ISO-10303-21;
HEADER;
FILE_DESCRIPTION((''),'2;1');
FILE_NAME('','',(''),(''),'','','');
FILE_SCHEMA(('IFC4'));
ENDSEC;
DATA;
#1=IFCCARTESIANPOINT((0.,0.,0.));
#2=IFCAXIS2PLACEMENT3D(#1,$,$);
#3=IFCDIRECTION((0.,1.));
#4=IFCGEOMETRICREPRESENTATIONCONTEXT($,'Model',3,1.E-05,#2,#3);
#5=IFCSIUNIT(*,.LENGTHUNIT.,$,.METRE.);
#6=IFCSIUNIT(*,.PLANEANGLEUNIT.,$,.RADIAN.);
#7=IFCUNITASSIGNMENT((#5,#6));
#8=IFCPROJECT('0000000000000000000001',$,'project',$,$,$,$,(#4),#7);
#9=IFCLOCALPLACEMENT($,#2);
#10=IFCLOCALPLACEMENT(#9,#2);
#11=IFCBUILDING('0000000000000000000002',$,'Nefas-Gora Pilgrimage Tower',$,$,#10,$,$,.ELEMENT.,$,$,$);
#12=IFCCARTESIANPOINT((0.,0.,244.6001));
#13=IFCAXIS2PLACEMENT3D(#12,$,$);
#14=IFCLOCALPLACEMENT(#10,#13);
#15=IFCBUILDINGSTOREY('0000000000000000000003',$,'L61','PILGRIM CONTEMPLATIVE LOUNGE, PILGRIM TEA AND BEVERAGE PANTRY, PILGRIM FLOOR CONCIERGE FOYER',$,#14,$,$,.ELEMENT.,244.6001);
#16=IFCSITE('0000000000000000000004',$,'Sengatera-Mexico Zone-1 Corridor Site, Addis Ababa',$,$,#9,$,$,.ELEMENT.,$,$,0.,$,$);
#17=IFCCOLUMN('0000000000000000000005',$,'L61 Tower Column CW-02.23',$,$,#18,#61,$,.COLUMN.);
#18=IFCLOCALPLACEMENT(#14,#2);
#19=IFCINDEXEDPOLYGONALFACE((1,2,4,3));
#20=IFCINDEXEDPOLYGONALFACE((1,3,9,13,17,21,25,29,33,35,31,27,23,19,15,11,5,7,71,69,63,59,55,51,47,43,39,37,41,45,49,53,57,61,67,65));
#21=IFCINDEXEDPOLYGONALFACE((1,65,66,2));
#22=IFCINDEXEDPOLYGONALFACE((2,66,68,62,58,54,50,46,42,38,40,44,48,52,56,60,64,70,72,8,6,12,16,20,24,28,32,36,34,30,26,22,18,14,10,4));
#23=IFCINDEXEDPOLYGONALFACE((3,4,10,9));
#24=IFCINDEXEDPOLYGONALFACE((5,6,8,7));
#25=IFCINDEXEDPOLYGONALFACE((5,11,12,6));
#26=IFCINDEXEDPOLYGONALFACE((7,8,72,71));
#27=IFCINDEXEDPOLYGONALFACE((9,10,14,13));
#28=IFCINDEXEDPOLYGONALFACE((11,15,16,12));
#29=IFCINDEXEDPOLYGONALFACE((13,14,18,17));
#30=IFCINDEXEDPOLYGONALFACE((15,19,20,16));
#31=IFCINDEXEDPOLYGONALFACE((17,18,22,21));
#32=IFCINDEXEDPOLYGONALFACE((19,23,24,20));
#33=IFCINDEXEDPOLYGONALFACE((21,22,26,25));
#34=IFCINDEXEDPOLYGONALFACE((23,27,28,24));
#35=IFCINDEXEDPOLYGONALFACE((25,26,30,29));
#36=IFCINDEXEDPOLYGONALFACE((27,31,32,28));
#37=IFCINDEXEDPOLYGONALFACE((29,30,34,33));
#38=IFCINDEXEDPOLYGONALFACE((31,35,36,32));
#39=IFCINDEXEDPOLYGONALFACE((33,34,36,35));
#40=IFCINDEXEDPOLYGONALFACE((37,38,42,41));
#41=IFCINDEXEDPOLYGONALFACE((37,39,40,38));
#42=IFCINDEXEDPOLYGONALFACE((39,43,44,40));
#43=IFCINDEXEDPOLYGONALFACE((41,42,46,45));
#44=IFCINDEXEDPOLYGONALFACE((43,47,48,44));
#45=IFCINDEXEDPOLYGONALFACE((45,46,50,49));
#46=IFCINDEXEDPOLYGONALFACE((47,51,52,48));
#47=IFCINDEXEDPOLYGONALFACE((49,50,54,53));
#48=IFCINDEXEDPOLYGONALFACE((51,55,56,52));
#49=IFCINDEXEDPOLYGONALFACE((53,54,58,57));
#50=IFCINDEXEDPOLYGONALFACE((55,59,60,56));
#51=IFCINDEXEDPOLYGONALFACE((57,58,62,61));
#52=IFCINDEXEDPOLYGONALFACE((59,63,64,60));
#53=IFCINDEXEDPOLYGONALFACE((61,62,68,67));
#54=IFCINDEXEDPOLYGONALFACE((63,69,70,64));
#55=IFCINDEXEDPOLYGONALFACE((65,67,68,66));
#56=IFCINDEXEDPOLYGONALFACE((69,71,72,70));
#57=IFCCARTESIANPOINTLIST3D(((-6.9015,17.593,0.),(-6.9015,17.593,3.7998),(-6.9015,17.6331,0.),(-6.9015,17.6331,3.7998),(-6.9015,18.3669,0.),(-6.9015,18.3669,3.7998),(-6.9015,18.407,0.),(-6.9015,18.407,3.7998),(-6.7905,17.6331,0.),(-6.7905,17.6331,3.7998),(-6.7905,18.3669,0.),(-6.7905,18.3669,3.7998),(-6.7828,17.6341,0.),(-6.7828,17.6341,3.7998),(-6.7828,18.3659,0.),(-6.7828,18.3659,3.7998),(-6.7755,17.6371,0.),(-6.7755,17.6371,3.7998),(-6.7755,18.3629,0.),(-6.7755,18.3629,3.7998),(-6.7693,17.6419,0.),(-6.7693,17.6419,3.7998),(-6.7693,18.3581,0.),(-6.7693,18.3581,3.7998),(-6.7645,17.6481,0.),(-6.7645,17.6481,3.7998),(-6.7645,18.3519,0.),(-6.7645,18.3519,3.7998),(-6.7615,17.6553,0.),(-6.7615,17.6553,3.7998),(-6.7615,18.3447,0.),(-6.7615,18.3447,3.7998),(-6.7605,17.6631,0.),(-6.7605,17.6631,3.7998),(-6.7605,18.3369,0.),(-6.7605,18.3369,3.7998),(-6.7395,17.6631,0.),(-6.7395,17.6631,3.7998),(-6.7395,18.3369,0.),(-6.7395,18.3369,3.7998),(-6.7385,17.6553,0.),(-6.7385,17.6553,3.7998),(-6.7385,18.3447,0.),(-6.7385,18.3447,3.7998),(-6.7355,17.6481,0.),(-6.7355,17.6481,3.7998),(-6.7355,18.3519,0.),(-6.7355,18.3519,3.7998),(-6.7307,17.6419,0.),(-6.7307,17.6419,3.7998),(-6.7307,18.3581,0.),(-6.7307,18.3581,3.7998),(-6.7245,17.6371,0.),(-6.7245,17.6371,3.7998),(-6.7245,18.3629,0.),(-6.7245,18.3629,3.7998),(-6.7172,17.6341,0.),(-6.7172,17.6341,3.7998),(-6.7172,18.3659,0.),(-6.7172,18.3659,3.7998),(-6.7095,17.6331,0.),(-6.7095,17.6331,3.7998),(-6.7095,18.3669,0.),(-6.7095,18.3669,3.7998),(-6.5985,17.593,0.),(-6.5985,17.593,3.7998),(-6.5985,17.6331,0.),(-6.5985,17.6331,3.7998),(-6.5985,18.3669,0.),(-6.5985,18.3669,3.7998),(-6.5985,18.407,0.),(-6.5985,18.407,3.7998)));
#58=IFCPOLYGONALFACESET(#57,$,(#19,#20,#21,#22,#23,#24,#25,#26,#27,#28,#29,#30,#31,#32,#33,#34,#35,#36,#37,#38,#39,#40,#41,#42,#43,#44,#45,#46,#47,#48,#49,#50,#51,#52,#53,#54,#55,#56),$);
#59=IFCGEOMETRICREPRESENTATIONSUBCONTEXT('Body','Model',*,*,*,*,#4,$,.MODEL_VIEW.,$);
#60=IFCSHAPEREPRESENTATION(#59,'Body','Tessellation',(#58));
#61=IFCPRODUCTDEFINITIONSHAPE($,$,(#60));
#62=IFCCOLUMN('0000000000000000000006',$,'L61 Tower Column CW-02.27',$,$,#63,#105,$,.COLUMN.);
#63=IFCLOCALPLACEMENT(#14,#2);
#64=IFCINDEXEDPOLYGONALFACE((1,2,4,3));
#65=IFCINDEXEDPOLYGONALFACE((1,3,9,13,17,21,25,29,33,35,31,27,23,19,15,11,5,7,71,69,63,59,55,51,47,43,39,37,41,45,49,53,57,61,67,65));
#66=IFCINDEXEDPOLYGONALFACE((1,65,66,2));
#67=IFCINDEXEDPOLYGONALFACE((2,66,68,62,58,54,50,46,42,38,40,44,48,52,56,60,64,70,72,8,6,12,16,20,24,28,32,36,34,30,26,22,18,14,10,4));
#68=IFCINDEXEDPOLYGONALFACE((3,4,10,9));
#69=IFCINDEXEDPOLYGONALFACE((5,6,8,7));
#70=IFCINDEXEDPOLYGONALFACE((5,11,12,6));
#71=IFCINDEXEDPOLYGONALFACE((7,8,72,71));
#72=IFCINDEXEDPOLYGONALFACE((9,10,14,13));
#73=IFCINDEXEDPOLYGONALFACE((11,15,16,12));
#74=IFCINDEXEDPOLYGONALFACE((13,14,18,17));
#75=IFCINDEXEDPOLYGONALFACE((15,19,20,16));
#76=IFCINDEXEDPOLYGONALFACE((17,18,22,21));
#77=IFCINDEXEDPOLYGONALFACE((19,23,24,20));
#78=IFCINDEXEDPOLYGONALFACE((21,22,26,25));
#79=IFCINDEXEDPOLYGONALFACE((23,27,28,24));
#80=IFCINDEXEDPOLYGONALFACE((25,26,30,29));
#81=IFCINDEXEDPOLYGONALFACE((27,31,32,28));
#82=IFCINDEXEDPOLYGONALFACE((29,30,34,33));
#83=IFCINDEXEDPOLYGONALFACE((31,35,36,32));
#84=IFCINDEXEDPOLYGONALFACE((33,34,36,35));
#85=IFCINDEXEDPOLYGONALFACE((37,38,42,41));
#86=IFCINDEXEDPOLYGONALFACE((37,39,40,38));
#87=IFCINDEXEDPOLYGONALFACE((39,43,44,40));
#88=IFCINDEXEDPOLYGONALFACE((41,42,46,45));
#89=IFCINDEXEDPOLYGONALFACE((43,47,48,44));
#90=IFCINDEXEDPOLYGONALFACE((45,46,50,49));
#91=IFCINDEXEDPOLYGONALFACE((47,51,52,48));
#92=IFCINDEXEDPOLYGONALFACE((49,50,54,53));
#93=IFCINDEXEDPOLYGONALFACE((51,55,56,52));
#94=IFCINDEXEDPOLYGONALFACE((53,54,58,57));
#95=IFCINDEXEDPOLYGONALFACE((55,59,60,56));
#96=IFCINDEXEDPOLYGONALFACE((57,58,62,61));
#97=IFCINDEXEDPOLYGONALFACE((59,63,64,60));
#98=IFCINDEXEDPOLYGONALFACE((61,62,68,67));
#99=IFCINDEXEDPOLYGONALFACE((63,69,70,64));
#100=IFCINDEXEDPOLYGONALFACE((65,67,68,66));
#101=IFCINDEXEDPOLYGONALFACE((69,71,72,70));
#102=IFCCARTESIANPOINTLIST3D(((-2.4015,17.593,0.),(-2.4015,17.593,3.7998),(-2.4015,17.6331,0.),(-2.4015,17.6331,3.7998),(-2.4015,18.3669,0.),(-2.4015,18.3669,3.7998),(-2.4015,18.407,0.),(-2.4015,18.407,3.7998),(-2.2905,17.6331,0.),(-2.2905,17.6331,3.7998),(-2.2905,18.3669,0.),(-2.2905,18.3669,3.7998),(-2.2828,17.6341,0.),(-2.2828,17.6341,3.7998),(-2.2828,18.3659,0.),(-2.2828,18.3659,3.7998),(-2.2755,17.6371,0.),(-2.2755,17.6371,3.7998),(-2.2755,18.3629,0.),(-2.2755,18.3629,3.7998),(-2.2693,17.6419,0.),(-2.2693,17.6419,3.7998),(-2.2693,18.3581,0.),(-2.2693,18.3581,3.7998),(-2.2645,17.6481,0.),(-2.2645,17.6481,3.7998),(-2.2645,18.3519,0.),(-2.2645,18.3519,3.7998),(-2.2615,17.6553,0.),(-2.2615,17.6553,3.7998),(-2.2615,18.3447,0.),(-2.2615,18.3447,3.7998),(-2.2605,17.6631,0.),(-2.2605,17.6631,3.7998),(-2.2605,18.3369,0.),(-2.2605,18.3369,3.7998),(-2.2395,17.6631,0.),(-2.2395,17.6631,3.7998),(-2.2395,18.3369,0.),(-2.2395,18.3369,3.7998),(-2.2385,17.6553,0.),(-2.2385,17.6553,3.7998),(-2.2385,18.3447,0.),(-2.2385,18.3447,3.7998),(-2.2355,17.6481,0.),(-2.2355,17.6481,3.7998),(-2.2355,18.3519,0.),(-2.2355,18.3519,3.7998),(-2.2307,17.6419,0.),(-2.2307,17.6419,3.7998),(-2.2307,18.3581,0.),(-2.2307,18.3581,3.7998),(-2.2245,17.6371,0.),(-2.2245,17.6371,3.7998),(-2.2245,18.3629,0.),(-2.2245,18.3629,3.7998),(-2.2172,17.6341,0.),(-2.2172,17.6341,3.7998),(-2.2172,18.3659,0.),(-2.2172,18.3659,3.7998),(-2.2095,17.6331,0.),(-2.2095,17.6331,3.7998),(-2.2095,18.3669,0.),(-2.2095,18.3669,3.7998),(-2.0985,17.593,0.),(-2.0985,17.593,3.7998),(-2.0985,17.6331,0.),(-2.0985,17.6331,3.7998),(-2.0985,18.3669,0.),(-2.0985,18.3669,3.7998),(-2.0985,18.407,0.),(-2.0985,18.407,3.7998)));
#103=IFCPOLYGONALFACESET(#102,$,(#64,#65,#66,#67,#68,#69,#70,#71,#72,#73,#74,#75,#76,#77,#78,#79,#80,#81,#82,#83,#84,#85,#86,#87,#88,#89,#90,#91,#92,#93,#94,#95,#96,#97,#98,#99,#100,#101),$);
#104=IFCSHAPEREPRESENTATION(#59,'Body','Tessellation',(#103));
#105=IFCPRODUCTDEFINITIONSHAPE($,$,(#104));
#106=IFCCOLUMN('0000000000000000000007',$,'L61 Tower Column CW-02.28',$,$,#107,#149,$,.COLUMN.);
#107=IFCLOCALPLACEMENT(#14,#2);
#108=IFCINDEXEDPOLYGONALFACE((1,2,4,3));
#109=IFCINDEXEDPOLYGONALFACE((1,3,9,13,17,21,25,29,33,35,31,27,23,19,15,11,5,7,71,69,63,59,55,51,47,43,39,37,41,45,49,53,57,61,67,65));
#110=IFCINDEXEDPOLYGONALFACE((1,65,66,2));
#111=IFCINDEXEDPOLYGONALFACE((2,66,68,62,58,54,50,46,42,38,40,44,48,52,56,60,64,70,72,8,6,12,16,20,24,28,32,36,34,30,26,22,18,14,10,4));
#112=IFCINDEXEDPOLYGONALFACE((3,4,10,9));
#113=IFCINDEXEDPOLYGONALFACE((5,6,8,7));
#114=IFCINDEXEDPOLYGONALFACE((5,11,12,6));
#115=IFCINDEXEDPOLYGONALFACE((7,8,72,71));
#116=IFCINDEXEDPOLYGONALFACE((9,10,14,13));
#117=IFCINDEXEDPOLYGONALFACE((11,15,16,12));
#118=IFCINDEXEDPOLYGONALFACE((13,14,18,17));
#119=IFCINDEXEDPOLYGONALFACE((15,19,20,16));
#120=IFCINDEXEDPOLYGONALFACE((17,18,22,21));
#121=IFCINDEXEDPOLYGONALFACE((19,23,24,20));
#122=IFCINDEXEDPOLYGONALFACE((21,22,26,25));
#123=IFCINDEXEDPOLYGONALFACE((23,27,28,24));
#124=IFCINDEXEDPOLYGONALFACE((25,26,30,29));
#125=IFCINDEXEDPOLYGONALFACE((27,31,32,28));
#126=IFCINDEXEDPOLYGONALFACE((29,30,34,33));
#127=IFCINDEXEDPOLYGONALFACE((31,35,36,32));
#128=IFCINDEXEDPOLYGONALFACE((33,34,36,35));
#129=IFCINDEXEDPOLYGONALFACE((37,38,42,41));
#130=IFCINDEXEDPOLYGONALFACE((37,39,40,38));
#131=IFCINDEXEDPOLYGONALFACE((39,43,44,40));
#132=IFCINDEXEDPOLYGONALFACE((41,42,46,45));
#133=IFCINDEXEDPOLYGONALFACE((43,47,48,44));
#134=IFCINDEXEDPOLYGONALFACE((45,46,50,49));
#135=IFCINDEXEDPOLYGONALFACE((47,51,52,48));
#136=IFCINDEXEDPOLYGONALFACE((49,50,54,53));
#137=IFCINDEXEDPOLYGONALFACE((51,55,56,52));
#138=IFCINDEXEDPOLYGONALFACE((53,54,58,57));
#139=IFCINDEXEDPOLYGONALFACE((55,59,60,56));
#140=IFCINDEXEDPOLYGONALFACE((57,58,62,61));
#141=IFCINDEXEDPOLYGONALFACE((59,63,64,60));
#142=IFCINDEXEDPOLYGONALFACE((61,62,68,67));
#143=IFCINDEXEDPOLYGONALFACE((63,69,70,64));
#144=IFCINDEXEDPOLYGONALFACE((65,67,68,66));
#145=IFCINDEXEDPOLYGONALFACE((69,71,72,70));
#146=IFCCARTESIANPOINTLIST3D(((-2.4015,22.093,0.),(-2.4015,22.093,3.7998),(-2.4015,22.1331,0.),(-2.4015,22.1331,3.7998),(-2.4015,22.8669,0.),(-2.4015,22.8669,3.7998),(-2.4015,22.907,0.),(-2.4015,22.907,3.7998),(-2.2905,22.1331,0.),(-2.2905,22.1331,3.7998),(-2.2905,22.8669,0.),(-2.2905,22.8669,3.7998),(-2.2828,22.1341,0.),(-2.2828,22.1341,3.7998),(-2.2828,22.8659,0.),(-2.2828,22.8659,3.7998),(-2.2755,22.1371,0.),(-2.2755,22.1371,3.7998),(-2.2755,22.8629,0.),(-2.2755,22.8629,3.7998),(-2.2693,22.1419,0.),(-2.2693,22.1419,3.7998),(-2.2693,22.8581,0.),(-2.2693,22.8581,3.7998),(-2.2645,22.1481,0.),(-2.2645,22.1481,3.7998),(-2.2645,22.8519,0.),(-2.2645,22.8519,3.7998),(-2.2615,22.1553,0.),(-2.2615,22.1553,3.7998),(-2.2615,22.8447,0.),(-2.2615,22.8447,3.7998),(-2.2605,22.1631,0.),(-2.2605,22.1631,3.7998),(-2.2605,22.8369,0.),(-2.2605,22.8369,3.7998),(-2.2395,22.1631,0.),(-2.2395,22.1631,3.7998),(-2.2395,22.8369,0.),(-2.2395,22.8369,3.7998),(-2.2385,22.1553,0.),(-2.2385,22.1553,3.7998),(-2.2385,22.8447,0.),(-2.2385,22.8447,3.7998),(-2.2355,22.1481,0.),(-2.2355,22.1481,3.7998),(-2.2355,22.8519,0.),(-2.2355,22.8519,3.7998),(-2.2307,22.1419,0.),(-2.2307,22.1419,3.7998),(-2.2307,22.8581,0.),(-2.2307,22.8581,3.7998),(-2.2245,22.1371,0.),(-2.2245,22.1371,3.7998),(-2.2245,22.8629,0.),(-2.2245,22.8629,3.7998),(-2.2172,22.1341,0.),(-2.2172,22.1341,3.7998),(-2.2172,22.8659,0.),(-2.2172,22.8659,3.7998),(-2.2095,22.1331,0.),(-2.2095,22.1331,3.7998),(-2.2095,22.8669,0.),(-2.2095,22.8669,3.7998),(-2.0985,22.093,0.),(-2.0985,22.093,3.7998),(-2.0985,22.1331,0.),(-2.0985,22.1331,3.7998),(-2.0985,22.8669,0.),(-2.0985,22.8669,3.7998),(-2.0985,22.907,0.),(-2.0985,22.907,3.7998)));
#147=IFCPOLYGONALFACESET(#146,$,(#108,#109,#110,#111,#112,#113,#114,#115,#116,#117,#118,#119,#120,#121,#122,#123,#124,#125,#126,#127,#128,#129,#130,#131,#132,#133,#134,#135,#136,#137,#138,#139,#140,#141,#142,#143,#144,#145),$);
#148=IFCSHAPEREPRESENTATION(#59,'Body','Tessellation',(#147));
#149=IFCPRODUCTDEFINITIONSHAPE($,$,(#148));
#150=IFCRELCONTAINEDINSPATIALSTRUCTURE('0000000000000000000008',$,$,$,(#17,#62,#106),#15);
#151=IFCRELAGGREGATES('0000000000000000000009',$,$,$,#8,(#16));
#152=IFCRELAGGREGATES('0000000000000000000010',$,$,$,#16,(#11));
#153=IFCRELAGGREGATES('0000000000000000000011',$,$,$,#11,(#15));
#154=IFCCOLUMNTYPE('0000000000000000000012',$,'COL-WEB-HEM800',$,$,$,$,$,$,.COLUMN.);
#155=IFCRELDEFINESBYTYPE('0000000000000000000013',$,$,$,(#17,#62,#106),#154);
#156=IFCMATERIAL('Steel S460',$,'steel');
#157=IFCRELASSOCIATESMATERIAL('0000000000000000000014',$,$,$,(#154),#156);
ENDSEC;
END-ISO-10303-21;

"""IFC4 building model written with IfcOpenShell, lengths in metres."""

from ifc_helpers import new_model, si_unit, direction, frame, origin, origin_2d, place, context, subcontext, project, spatial, i_section, extrude, source, transform, mapped, material, material_profile, profile_set, type_object, element, save


model = new_model("IFC4")

# Units and contexts
model_context = context("Model", 3, precision=1e-05, world=origin(), true_north=direction((0.0, 1.0)))
body_context = subcontext(model_context, "Body", "Model", "MODEL_VIEW")
ifc_project = project(units=[si_unit("LENGTHUNIT", "METRE"), si_unit("PLANEANGLEUNIT", "RADIAN")], contexts=[model_context])

# Site, building, storey
site_placement = place(None, origin())
site = spatial("IfcSite", under=ifc_project, at=site_placement, Name="Sengatera-Mexico Zone-1 Corridor Site, Addis Ababa", CompositionType="ELEMENT", RefElevation=0.0)
building_placement = place(site_placement, origin())
building = spatial("IfcBuilding", under=site, at=building_placement, Name="Nefas-Gora Pilgrimage Tower", CompositionType="ELEMENT")
storey_placement = place(building_placement, frame((0.0, 0.0, 244.6001)))
storey = spatial("IfcBuildingStorey", under=building, at=storey_placement, Name="L61", Description="PILGRIM CONTEMPLATIVE LOUNGE, PILGRIM TEA AND BEVERAGE PANTRY, PILGRIM FLOOR CONCIERGE FOYER", CompositionType="ELEMENT", Elevation=244.6001)

# Columns
ifc_material_1 = material(Name="Steel S460", Category="steel")
ifc_material_profile_1 = material_profile(ifc_material_1, i_section(OverallWidth=0.303, OverallDepth=0.814, WebThickness=0.021, FlangeThickness=0.04, FilletRadius=0.03, at=origin_2d()), Name="HEM 800")
ifc_profile_set_1 = profile_set([ifc_material_profile_1], Name="Steel S460")
column_type_1 = type_object("IfcColumnType", Name="COL-WEB-HEM800", PredefinedType="COLUMN", material=ifc_profile_set_1)
shared_shape_1 = source(origin(), body_context, "Body", "SweptSolid", [
    extrude(i_section(OverallWidth=0.303, OverallDepth=0.814, WebThickness=0.021, FlangeThickness=0.04, FilletRadius=0.03, at=origin_2d()), origin(), (0.0, 0.0, 1.0), 3.7998),
])
for number, where, z_axis, x_axis, name in (
    (1, (-6.75, 18.0, 0.0), (0.0, 0.0, 1.0), (1.0, 0.0, 0.0), "L61 Tower Column CW-02.23"),
    (2, (-2.25, 18.0, 0.0), (0.0, 0.0, 1.0), (1.0, 0.0, 0.0), "L61 Tower Column CW-02.27"),
    (3, (-2.25, 22.5, 0.0), (0.0, 0.0, 1.0), (1.0, 0.0, 0.0), "L61 Tower Column CW-02.28"),
):
    element("IfcColumn", number, at=place(storey_placement, frame(where, z_axis=z_axis, x_axis=x_axis)), inside=storey, type_object=column_type_1, Name=name, PredefinedType="COLUMN", context=body_context, shape_type="MappedRepresentation", body=[
        mapped(shared_shape_1, transform((0.0, 0.0, 0.0), x_axis=(1.0, 0.0, 0.0), y_axis=(0.0, 1.0, 0.0), z_axis=(0.0, 0.0, 1.0), scale=1.0)),
    ])

save(model, "model.ifc")
